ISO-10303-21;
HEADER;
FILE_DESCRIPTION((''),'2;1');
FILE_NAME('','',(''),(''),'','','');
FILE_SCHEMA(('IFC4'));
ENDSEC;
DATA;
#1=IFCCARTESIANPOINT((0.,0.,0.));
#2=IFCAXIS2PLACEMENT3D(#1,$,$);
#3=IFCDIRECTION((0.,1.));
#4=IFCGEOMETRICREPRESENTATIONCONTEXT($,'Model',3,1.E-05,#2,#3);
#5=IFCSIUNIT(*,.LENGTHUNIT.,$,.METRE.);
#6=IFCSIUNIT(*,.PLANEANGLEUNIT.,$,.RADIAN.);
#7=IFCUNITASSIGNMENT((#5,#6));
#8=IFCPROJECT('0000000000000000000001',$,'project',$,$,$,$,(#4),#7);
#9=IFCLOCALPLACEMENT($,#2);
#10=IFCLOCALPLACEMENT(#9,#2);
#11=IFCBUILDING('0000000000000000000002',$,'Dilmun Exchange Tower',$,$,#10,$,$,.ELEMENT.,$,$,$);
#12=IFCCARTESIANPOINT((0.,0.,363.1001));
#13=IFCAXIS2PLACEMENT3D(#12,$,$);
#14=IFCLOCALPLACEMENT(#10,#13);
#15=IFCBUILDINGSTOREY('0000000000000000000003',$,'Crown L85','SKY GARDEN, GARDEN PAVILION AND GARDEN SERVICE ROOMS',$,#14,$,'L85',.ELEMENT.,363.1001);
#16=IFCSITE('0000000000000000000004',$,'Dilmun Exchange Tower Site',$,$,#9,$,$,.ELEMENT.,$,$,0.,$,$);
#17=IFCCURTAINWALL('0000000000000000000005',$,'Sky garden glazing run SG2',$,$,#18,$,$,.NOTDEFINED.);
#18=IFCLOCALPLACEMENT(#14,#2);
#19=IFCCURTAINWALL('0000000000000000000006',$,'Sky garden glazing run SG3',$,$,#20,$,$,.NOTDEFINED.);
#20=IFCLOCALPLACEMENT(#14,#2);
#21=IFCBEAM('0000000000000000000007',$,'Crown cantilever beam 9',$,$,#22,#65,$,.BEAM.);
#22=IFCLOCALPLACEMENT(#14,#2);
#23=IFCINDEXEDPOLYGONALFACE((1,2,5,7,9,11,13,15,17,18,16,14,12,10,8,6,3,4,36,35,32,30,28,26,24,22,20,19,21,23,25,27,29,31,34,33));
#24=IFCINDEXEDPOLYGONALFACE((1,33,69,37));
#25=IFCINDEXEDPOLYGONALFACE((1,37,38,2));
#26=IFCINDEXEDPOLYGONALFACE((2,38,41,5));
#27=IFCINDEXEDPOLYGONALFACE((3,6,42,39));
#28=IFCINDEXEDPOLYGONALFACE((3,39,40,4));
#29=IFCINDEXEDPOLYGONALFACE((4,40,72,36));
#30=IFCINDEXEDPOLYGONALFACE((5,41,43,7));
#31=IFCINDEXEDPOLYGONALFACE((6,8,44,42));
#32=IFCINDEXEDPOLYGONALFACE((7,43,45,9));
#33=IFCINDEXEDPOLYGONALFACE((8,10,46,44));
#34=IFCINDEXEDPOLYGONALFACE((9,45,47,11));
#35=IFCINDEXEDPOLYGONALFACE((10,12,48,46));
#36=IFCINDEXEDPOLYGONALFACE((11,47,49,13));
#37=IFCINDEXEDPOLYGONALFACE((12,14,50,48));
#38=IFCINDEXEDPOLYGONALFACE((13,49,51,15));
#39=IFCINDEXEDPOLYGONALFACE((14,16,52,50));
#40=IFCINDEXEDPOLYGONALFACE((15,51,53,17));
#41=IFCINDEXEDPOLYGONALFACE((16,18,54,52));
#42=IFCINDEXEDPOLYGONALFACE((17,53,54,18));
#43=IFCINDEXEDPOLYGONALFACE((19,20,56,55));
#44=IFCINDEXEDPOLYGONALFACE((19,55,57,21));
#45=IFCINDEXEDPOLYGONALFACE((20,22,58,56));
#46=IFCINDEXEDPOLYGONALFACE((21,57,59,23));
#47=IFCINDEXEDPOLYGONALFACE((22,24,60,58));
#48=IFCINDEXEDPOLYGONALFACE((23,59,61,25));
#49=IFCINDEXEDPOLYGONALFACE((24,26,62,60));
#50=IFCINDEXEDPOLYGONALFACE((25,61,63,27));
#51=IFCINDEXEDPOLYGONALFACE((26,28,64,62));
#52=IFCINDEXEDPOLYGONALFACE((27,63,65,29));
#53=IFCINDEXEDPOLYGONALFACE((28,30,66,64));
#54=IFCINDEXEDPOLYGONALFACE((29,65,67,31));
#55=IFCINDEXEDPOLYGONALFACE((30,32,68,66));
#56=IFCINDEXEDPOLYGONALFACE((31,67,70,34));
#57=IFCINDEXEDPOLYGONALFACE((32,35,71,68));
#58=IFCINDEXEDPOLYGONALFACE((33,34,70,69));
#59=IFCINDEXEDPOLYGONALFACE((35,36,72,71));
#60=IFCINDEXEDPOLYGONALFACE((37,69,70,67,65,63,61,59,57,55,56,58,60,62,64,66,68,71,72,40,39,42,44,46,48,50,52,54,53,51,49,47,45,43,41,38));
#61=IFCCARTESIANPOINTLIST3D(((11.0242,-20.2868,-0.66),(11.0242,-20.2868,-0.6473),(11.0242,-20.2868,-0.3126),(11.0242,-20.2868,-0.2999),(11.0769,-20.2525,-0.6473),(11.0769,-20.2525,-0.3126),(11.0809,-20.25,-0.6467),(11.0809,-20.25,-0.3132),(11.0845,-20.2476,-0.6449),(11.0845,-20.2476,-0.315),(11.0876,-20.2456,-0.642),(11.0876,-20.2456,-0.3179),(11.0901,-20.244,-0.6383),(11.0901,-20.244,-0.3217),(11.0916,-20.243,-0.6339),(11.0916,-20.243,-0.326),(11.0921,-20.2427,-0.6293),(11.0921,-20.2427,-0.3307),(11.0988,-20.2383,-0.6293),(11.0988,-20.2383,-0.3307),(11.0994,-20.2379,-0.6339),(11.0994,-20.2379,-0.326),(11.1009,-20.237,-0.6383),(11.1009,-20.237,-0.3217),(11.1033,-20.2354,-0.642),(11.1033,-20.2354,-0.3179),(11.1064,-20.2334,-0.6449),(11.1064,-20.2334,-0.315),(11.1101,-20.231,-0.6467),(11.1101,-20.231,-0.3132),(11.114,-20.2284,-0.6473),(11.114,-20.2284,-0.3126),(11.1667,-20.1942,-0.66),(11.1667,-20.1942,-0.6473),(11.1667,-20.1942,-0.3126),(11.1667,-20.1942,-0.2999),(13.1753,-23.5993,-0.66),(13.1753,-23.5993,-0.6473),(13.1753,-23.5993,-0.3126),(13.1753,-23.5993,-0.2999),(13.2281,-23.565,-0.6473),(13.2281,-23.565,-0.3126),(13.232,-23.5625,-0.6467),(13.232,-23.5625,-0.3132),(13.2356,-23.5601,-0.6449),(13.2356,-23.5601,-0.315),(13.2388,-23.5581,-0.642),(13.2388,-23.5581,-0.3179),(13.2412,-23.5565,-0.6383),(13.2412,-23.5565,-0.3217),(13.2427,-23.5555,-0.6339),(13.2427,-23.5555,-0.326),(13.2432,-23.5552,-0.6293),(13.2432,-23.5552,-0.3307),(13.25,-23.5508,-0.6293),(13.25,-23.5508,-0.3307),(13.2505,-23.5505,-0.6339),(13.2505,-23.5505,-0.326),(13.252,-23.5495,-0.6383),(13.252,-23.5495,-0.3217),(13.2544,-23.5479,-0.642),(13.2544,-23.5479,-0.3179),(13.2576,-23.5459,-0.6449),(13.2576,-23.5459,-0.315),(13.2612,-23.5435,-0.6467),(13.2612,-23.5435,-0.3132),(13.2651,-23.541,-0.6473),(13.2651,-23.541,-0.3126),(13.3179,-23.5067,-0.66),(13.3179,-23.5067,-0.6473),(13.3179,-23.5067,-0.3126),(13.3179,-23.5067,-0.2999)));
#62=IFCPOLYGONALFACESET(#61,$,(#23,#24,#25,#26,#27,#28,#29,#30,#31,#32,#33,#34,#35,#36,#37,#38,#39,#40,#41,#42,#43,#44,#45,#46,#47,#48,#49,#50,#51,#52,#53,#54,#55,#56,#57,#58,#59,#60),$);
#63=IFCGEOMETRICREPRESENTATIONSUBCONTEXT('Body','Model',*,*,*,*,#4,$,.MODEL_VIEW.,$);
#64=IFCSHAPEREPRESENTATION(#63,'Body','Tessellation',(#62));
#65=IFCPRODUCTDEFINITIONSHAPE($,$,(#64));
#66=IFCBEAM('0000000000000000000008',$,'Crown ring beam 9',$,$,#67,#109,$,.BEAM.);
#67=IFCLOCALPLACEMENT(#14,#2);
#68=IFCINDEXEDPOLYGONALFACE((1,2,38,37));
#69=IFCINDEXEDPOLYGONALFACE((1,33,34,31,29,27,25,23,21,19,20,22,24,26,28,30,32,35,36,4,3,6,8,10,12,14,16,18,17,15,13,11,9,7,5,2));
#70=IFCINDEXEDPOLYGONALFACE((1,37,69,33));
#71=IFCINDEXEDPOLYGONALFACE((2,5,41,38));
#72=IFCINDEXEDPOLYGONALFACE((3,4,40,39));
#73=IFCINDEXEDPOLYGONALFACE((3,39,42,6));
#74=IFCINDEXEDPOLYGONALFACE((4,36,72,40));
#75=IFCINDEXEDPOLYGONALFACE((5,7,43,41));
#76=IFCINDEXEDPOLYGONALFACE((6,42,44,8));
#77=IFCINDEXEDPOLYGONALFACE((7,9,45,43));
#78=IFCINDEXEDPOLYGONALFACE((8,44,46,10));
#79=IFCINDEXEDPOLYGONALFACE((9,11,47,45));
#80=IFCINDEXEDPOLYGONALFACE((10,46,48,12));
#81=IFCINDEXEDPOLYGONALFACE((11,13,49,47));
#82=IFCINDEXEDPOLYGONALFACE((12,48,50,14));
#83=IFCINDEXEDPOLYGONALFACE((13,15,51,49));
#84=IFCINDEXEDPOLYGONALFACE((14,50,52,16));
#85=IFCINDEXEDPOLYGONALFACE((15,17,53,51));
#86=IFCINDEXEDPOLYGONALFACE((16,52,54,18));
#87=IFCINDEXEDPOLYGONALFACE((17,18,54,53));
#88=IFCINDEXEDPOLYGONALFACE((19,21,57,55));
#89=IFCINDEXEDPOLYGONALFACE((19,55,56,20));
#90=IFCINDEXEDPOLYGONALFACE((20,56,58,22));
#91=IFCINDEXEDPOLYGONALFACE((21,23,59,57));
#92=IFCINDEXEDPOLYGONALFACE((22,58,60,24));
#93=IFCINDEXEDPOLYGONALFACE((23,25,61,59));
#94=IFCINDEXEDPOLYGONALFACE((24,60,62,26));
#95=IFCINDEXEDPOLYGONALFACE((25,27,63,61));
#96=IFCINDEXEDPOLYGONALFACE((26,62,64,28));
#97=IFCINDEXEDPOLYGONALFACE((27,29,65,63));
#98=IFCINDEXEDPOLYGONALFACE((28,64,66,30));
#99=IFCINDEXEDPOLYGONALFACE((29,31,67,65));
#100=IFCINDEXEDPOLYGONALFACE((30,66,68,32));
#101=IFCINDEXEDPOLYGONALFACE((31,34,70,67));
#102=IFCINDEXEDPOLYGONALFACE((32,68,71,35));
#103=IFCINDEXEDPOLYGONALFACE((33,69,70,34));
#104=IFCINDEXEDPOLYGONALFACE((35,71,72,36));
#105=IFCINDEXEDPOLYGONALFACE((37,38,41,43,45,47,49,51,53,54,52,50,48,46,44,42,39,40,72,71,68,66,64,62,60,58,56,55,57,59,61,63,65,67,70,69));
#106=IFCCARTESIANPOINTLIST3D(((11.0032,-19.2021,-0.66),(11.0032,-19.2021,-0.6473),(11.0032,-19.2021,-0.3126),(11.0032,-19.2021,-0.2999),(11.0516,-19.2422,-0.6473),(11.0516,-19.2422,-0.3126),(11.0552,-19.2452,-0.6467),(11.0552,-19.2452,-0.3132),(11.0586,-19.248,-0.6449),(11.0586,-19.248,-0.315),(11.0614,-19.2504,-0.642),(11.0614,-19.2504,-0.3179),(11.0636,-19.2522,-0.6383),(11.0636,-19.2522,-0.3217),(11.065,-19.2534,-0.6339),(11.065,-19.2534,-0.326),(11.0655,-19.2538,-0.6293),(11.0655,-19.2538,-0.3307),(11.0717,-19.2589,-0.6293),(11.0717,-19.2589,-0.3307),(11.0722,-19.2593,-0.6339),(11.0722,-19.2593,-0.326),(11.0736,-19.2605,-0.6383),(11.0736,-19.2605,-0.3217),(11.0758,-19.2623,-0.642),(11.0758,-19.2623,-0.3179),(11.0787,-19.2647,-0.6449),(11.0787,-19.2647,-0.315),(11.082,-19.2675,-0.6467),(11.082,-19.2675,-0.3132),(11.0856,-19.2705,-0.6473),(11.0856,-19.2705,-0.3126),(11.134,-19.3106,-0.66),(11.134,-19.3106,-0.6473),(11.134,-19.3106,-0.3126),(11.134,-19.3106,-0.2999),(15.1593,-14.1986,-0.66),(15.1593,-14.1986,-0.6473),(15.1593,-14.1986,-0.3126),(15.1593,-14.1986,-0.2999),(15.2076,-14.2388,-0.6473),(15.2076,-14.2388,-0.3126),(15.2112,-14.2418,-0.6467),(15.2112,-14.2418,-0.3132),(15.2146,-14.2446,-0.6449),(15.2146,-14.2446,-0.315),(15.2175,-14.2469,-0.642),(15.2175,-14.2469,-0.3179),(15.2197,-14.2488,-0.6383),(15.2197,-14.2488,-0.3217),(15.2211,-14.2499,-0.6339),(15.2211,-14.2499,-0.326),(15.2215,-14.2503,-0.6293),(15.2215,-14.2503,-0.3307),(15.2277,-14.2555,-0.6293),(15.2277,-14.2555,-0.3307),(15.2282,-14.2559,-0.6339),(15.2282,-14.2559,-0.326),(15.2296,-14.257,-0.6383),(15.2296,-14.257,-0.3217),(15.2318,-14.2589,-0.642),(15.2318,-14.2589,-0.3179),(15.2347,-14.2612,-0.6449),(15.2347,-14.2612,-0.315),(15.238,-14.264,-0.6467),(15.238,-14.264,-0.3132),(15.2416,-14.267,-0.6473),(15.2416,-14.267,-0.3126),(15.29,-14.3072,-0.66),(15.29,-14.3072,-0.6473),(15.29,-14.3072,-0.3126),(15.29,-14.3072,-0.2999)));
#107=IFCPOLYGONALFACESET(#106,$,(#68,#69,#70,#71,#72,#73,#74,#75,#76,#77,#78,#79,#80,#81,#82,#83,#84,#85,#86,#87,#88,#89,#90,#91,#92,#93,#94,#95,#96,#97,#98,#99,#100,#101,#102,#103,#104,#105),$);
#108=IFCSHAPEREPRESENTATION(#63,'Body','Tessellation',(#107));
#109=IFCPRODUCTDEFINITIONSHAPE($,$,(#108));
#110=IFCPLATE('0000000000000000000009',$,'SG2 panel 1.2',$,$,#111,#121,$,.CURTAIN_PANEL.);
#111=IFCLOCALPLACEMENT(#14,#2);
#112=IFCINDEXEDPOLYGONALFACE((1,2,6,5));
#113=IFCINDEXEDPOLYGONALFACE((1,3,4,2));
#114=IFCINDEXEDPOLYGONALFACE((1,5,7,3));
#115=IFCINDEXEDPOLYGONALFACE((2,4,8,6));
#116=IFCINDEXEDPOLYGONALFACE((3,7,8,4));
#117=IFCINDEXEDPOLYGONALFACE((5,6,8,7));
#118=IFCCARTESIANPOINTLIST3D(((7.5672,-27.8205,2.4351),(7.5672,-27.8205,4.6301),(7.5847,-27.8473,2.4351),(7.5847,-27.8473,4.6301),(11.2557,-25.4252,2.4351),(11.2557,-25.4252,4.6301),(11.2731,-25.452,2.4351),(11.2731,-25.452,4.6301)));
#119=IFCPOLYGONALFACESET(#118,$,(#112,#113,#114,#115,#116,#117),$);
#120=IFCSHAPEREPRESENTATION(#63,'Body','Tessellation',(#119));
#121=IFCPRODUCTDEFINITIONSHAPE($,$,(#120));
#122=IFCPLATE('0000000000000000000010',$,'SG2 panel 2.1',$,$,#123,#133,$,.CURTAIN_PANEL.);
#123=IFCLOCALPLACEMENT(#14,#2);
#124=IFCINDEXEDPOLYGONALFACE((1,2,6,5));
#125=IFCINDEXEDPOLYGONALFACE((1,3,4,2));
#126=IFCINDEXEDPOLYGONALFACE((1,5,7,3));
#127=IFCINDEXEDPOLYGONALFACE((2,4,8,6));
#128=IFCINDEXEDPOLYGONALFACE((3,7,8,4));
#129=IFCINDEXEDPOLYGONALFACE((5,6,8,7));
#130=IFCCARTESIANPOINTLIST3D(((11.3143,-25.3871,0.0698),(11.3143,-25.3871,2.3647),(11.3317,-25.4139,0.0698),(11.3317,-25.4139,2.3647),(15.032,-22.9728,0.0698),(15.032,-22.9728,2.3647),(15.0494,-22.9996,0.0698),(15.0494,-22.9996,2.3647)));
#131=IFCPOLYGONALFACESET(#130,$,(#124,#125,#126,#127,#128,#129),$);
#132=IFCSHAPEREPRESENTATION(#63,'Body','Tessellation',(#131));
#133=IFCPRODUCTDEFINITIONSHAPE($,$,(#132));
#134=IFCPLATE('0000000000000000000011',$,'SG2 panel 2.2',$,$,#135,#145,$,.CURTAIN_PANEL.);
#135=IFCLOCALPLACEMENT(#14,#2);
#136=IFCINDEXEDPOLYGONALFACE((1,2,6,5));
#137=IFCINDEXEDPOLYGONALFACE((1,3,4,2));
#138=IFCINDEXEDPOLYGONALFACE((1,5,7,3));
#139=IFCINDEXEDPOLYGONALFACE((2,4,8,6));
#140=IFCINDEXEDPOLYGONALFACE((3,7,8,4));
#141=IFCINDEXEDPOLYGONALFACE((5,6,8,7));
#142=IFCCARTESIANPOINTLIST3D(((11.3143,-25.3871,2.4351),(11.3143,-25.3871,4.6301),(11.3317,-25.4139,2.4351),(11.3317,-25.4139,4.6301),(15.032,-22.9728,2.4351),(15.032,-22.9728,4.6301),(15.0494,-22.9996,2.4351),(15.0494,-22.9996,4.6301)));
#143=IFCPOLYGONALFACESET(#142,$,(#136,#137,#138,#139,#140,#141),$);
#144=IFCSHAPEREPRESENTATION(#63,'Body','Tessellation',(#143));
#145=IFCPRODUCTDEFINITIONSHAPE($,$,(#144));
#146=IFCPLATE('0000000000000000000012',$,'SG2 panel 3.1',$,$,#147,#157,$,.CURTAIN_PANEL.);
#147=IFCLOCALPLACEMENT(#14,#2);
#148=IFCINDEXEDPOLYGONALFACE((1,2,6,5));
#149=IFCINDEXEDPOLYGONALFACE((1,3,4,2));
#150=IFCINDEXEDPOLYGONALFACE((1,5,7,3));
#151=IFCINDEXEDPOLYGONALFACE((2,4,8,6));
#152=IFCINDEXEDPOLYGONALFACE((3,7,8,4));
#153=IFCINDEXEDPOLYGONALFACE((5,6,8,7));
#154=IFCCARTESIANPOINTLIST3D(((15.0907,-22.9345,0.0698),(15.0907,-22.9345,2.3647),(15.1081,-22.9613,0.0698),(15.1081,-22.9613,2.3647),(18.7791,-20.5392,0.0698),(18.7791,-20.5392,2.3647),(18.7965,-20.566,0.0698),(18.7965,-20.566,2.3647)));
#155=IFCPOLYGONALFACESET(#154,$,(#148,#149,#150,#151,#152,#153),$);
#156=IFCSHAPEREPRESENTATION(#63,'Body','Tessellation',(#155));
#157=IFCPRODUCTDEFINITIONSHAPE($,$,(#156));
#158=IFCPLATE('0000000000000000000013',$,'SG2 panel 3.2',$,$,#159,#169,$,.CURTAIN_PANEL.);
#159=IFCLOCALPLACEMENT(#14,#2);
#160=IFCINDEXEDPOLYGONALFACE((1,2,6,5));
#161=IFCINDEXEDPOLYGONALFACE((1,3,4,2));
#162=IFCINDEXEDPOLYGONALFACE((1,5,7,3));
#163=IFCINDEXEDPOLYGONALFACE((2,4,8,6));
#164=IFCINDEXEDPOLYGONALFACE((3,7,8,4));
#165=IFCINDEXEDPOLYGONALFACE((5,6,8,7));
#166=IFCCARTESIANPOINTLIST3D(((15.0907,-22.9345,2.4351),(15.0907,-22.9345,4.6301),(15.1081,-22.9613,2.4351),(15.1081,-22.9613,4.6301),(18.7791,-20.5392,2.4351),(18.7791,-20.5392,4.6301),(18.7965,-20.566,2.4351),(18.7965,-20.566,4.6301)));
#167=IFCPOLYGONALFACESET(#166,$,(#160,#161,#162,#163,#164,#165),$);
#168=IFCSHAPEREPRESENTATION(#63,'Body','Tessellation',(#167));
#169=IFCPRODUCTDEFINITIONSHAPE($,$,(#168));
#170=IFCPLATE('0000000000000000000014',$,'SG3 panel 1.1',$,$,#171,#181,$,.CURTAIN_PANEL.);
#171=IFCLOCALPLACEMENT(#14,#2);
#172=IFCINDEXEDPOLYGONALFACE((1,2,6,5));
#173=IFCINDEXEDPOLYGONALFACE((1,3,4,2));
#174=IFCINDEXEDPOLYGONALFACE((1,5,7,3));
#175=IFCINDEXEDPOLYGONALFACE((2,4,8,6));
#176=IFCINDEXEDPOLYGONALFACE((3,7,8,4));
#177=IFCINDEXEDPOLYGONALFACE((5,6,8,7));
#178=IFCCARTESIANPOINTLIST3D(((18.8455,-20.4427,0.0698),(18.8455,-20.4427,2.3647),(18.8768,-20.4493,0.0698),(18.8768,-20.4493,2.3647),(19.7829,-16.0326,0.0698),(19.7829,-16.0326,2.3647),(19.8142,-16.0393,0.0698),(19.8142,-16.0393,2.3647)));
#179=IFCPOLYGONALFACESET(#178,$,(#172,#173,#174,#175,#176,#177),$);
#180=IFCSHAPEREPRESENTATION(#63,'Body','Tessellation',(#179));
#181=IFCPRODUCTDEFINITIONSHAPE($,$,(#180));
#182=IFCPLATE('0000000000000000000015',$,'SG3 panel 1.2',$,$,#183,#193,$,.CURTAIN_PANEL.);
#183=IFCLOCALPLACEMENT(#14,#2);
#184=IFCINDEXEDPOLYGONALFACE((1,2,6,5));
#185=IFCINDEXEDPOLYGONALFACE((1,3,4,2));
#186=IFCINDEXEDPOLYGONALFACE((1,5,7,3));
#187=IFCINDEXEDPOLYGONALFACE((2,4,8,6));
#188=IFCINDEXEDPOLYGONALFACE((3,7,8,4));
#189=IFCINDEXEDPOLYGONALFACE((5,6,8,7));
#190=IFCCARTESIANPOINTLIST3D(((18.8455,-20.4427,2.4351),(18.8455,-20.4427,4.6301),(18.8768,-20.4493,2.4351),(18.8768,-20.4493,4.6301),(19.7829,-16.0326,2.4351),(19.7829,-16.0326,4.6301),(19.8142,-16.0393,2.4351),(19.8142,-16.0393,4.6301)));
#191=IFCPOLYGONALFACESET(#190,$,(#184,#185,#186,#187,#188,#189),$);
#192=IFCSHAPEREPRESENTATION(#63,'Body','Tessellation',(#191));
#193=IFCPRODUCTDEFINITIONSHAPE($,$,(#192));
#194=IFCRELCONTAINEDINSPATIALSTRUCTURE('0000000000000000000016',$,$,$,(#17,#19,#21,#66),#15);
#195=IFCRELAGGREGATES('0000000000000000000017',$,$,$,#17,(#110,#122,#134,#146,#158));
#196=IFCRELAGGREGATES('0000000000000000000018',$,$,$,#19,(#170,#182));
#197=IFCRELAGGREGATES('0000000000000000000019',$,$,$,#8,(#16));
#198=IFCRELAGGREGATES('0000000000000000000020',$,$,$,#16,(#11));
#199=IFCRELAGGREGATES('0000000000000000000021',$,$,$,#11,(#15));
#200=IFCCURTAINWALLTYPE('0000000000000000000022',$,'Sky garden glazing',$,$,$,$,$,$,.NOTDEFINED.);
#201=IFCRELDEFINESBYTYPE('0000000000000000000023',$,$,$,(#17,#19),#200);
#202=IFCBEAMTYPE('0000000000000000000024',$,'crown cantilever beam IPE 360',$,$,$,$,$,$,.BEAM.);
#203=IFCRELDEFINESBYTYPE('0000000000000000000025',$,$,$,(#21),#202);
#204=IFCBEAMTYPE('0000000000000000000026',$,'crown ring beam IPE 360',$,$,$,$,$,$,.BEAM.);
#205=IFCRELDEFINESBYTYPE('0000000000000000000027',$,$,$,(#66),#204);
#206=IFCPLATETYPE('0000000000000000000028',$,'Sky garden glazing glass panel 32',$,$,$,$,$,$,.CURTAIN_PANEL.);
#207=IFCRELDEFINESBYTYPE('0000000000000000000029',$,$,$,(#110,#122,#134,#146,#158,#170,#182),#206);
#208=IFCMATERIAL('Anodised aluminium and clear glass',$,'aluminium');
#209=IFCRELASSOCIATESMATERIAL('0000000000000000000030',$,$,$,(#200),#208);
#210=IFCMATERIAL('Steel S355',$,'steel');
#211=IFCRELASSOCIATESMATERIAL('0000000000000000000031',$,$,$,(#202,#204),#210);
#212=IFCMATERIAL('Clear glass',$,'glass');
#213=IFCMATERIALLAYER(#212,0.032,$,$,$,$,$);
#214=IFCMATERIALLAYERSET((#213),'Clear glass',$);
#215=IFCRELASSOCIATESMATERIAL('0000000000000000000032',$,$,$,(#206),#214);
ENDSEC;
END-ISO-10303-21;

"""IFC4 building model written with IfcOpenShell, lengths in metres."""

from ifc_helpers import new_model, si_unit, direction, frame, origin, origin_2d, place, context, subcontext, project, spatial, rectangle, i_section, extrude, material, layer, layer_set, material_profile, profile_set, type_object, element, aggregate, save


model = new_model("IFC4")

# Units and contexts
model_context = context("Model", 3, precision=1e-05, world=origin(), true_north=direction((0.0, 1.0)))
body_context = subcontext(model_context, "Body", "Model", "MODEL_VIEW")
ifc_project = project(units=[si_unit("LENGTHUNIT", "METRE"), si_unit("PLANEANGLEUNIT", "RADIAN")], contexts=[model_context])

# Site, building, storey
site_placement = place(None, origin())
site = spatial("IfcSite", under=ifc_project, at=site_placement, Name="Dilmun Exchange Tower Site", CompositionType="ELEMENT", RefElevation=0.0)
building_placement = place(site_placement, origin())
building = spatial("IfcBuilding", under=site, at=building_placement, Name="Dilmun Exchange Tower", CompositionType="ELEMENT")
storey_placement = place(building_placement, frame((0.0, 0.0, 363.1001)))
storey = spatial("IfcBuildingStorey", under=building, at=storey_placement, Name="Crown L85", Description="SKY GARDEN, GARDEN PAVILION AND GARDEN SERVICE ROOMS", LongName="L85", CompositionType="ELEMENT", Elevation=363.1001)

# Curtain wall
ifc_material_1 = material(Name="Anodised aluminium and clear glass", Category="aluminium")
curtain_wall_type = type_object("IfcCurtainWallType", Name="Sky garden glazing", PredefinedType="NOTDEFINED", material=ifc_material_1)
curtain_wall_1_placement = place(storey_placement, origin())
curtain_wall_1 = element("IfcCurtainWall", 1, at=curtain_wall_1_placement, inside=storey, type_object=curtain_wall_type, Name="Sky garden glazing run SG2", PredefinedType="NOTDEFINED")

# Curtain wall
curtain_wall_2_placement = place(storey_placement, origin())
curtain_wall_2 = element("IfcCurtainWall", 2, at=curtain_wall_2_placement, inside=storey, type_object=curtain_wall_type, Name="Sky garden glazing run SG3", PredefinedType="NOTDEFINED")

# Beams
ifc_material_2 = material(Name="Steel S355", Category="steel")
ifc_material_profile_1 = material_profile(ifc_material_2, i_section(OverallWidth=0.1699, OverallDepth=0.3601, WebThickness=0.0081, FlangeThickness=0.0127, FilletRadius=0.0181, at=origin_2d()), Name="IPE 360")
ifc_profile_set_1 = profile_set([ifc_material_profile_1], Name="Steel S355")
beam_type_1 = type_object("IfcBeamType", Name="crown cantilever beam IPE 360", PredefinedType="BEAM", material=ifc_profile_set_1)
beam_1_placement = place(storey_placement, frame((11.0955, -20.2405, -0.48), z_axis=(0.544632, -0.838675, 0.0), x_axis=(0.838675, 0.544632, 0.0)))
element("IfcBeam", 3, at=beam_1_placement, inside=storey, type_object=beam_type_1, Name="Crown cantilever beam 9", PredefinedType="BEAM", context=body_context, shape_type="SweptSolid", body=[
    extrude(i_section(OverallWidth=0.1699, OverallDepth=0.3601, WebThickness=0.0081, FlangeThickness=0.0127, FilletRadius=0.0181, at=origin_2d()), origin(), (0.0, 0.0, 1.0), 3.9497),
])
ifc_material_profile_2 = material_profile(ifc_material_2, i_section(OverallWidth=0.1699, OverallDepth=0.3601, WebThickness=0.0081, FlangeThickness=0.0127, FilletRadius=0.0181, at=origin_2d()), Name="IPE 360")
ifc_profile_set_2 = profile_set([ifc_material_profile_2], Name="Steel S355")
beam_type_2 = type_object("IfcBeamType", Name="crown ring beam IPE 360", PredefinedType="BEAM", material=ifc_profile_set_2)
beam_2_placement = place(storey_placement, frame((11.0686, -19.2563, -0.48), z_axis=(0.638958, 0.769242, 0.0), x_axis=(-0.769242, 0.638958, 0.0)))
element("IfcBeam", 4, at=beam_2_placement, inside=storey, type_object=beam_type_2, Name="Crown ring beam 9", PredefinedType="BEAM", context=body_context, shape_type="SweptSolid", body=[
    extrude(i_section(OverallWidth=0.1699, OverallDepth=0.3601, WebThickness=0.0081, FlangeThickness=0.0127, FilletRadius=0.0181, at=origin_2d()), origin(), (0.0, 0.0, 1.0), 6.5044),
])

# Plates
ifc_material_3 = material(Name="Clear glass", Category="glass")
ifc_layer = layer(ifc_material_3, 0.032)
ifc_layer_set = layer_set([ifc_layer], Name="Clear glass")
plate_type = type_object("IfcPlateType", Name="Sky garden glazing glass panel 32", PredefinedType="CURTAIN_PANEL", material=ifc_layer_set)
plate_1_placement = place(storey_placement, frame((9.4202, -26.6362, 2.4351), z_axis=(0.0, 0.0, 1.0), x_axis=(0.838667, 0.544644, 0.0)))
plate_1 = element("IfcPlate", 5, at=plate_1_placement, type_object=plate_type, Name="SG2 panel 1.2", PredefinedType="CURTAIN_PANEL", context=body_context, shape_type="SweptSolid", body=[
    extrude(rectangle(XDim=4.3979, YDim=0.032, at=origin_2d()), origin(), (0.0, 0.0, 1.0), 2.1951),
])
plate_2_placement = place(storey_placement, frame((13.1819, -24.1934, 0.0698), z_axis=(0.0, 0.0, 1.0), x_axis=(0.838667, 0.544644, 0.0)))
plate_2 = element("IfcPlate", 6, at=plate_2_placement, type_object=plate_type, Name="SG2 panel 2.1", PredefinedType="CURTAIN_PANEL", context=body_context, shape_type="SweptSolid", body=[
    extrude(rectangle(XDim=4.4329, YDim=0.032, at=origin_2d()), origin(), (0.0, 0.0, 1.0), 2.2949),
])
plate_3_placement = place(storey_placement, frame((13.1819, -24.1934, 2.4351), z_axis=(0.0, 0.0, 1.0), x_axis=(0.838667, 0.544644, 0.0)))
plate_3 = element("IfcPlate", 7, at=plate_3_placement, type_object=plate_type, Name="SG2 panel 2.2", PredefinedType="CURTAIN_PANEL", context=body_context, shape_type="SweptSolid", body=[
    extrude(rectangle(XDim=4.4329, YDim=0.032, at=origin_2d()), origin(), (0.0, 0.0, 1.0), 2.1951),
])
plate_4_placement = place(storey_placement, frame((16.9436, -21.7502, 0.0698), z_axis=(0.0, 0.0, 1.0), x_axis=(0.838667, 0.544644, 0.0)))
plate_4 = element("IfcPlate", 8, at=plate_4_placement, type_object=plate_type, Name="SG2 panel 3.1", PredefinedType="CURTAIN_PANEL", context=body_context, shape_type="SweptSolid", body=[
    extrude(rectangle(XDim=4.3979, YDim=0.032, at=origin_2d()), origin(), (0.0, 0.0, 1.0), 2.2949),
])
plate_5_placement = place(storey_placement, frame((16.9436, -21.7502, 2.4351), z_axis=(0.0, 0.0, 1.0), x_axis=(0.838667, 0.544644, 0.0)))
plate_5 = element("IfcPlate", 9, at=plate_5_placement, type_object=plate_type, Name="SG2 panel 3.2", PredefinedType="CURTAIN_PANEL", context=body_context, shape_type="SweptSolid", body=[
    extrude(rectangle(XDim=4.3979, YDim=0.032, at=origin_2d()), origin(), (0.0, 0.0, 1.0), 2.1951),
])
aggregate(curtain_wall_1, [plate_1, plate_2, plate_3, plate_4, plate_5])
plate_6_placement = place(storey_placement, frame((19.3298, -18.241, 0.0698), z_axis=(0.0, 0.0, 1.0), x_axis=(0.207913, 0.978147, 0.0)))
plate_6 = element("IfcPlate", 10, at=plate_6_placement, type_object=plate_type, Name="SG3 panel 1.1", PredefinedType="CURTAIN_PANEL", context=body_context, shape_type="SweptSolid", body=[
    extrude(rectangle(XDim=4.5085, YDim=0.032, at=origin_2d()), origin(), (0.0, 0.0, 1.0), 2.2949),
])
plate_7_placement = place(storey_placement, frame((19.3298, -18.241, 2.4351), z_axis=(0.0, 0.0, 1.0), x_axis=(0.207913, 0.978147, 0.0)))
plate_7 = element("IfcPlate", 11, at=plate_7_placement, type_object=plate_type, Name="SG3 panel 1.2", PredefinedType="CURTAIN_PANEL", context=body_context, shape_type="SweptSolid", body=[
    extrude(rectangle(XDim=4.5085, YDim=0.032, at=origin_2d()), origin(), (0.0, 0.0, 1.0), 2.1951),
])
aggregate(curtain_wall_2, [plate_6, plate_7])

save(model, "model.ifc")
